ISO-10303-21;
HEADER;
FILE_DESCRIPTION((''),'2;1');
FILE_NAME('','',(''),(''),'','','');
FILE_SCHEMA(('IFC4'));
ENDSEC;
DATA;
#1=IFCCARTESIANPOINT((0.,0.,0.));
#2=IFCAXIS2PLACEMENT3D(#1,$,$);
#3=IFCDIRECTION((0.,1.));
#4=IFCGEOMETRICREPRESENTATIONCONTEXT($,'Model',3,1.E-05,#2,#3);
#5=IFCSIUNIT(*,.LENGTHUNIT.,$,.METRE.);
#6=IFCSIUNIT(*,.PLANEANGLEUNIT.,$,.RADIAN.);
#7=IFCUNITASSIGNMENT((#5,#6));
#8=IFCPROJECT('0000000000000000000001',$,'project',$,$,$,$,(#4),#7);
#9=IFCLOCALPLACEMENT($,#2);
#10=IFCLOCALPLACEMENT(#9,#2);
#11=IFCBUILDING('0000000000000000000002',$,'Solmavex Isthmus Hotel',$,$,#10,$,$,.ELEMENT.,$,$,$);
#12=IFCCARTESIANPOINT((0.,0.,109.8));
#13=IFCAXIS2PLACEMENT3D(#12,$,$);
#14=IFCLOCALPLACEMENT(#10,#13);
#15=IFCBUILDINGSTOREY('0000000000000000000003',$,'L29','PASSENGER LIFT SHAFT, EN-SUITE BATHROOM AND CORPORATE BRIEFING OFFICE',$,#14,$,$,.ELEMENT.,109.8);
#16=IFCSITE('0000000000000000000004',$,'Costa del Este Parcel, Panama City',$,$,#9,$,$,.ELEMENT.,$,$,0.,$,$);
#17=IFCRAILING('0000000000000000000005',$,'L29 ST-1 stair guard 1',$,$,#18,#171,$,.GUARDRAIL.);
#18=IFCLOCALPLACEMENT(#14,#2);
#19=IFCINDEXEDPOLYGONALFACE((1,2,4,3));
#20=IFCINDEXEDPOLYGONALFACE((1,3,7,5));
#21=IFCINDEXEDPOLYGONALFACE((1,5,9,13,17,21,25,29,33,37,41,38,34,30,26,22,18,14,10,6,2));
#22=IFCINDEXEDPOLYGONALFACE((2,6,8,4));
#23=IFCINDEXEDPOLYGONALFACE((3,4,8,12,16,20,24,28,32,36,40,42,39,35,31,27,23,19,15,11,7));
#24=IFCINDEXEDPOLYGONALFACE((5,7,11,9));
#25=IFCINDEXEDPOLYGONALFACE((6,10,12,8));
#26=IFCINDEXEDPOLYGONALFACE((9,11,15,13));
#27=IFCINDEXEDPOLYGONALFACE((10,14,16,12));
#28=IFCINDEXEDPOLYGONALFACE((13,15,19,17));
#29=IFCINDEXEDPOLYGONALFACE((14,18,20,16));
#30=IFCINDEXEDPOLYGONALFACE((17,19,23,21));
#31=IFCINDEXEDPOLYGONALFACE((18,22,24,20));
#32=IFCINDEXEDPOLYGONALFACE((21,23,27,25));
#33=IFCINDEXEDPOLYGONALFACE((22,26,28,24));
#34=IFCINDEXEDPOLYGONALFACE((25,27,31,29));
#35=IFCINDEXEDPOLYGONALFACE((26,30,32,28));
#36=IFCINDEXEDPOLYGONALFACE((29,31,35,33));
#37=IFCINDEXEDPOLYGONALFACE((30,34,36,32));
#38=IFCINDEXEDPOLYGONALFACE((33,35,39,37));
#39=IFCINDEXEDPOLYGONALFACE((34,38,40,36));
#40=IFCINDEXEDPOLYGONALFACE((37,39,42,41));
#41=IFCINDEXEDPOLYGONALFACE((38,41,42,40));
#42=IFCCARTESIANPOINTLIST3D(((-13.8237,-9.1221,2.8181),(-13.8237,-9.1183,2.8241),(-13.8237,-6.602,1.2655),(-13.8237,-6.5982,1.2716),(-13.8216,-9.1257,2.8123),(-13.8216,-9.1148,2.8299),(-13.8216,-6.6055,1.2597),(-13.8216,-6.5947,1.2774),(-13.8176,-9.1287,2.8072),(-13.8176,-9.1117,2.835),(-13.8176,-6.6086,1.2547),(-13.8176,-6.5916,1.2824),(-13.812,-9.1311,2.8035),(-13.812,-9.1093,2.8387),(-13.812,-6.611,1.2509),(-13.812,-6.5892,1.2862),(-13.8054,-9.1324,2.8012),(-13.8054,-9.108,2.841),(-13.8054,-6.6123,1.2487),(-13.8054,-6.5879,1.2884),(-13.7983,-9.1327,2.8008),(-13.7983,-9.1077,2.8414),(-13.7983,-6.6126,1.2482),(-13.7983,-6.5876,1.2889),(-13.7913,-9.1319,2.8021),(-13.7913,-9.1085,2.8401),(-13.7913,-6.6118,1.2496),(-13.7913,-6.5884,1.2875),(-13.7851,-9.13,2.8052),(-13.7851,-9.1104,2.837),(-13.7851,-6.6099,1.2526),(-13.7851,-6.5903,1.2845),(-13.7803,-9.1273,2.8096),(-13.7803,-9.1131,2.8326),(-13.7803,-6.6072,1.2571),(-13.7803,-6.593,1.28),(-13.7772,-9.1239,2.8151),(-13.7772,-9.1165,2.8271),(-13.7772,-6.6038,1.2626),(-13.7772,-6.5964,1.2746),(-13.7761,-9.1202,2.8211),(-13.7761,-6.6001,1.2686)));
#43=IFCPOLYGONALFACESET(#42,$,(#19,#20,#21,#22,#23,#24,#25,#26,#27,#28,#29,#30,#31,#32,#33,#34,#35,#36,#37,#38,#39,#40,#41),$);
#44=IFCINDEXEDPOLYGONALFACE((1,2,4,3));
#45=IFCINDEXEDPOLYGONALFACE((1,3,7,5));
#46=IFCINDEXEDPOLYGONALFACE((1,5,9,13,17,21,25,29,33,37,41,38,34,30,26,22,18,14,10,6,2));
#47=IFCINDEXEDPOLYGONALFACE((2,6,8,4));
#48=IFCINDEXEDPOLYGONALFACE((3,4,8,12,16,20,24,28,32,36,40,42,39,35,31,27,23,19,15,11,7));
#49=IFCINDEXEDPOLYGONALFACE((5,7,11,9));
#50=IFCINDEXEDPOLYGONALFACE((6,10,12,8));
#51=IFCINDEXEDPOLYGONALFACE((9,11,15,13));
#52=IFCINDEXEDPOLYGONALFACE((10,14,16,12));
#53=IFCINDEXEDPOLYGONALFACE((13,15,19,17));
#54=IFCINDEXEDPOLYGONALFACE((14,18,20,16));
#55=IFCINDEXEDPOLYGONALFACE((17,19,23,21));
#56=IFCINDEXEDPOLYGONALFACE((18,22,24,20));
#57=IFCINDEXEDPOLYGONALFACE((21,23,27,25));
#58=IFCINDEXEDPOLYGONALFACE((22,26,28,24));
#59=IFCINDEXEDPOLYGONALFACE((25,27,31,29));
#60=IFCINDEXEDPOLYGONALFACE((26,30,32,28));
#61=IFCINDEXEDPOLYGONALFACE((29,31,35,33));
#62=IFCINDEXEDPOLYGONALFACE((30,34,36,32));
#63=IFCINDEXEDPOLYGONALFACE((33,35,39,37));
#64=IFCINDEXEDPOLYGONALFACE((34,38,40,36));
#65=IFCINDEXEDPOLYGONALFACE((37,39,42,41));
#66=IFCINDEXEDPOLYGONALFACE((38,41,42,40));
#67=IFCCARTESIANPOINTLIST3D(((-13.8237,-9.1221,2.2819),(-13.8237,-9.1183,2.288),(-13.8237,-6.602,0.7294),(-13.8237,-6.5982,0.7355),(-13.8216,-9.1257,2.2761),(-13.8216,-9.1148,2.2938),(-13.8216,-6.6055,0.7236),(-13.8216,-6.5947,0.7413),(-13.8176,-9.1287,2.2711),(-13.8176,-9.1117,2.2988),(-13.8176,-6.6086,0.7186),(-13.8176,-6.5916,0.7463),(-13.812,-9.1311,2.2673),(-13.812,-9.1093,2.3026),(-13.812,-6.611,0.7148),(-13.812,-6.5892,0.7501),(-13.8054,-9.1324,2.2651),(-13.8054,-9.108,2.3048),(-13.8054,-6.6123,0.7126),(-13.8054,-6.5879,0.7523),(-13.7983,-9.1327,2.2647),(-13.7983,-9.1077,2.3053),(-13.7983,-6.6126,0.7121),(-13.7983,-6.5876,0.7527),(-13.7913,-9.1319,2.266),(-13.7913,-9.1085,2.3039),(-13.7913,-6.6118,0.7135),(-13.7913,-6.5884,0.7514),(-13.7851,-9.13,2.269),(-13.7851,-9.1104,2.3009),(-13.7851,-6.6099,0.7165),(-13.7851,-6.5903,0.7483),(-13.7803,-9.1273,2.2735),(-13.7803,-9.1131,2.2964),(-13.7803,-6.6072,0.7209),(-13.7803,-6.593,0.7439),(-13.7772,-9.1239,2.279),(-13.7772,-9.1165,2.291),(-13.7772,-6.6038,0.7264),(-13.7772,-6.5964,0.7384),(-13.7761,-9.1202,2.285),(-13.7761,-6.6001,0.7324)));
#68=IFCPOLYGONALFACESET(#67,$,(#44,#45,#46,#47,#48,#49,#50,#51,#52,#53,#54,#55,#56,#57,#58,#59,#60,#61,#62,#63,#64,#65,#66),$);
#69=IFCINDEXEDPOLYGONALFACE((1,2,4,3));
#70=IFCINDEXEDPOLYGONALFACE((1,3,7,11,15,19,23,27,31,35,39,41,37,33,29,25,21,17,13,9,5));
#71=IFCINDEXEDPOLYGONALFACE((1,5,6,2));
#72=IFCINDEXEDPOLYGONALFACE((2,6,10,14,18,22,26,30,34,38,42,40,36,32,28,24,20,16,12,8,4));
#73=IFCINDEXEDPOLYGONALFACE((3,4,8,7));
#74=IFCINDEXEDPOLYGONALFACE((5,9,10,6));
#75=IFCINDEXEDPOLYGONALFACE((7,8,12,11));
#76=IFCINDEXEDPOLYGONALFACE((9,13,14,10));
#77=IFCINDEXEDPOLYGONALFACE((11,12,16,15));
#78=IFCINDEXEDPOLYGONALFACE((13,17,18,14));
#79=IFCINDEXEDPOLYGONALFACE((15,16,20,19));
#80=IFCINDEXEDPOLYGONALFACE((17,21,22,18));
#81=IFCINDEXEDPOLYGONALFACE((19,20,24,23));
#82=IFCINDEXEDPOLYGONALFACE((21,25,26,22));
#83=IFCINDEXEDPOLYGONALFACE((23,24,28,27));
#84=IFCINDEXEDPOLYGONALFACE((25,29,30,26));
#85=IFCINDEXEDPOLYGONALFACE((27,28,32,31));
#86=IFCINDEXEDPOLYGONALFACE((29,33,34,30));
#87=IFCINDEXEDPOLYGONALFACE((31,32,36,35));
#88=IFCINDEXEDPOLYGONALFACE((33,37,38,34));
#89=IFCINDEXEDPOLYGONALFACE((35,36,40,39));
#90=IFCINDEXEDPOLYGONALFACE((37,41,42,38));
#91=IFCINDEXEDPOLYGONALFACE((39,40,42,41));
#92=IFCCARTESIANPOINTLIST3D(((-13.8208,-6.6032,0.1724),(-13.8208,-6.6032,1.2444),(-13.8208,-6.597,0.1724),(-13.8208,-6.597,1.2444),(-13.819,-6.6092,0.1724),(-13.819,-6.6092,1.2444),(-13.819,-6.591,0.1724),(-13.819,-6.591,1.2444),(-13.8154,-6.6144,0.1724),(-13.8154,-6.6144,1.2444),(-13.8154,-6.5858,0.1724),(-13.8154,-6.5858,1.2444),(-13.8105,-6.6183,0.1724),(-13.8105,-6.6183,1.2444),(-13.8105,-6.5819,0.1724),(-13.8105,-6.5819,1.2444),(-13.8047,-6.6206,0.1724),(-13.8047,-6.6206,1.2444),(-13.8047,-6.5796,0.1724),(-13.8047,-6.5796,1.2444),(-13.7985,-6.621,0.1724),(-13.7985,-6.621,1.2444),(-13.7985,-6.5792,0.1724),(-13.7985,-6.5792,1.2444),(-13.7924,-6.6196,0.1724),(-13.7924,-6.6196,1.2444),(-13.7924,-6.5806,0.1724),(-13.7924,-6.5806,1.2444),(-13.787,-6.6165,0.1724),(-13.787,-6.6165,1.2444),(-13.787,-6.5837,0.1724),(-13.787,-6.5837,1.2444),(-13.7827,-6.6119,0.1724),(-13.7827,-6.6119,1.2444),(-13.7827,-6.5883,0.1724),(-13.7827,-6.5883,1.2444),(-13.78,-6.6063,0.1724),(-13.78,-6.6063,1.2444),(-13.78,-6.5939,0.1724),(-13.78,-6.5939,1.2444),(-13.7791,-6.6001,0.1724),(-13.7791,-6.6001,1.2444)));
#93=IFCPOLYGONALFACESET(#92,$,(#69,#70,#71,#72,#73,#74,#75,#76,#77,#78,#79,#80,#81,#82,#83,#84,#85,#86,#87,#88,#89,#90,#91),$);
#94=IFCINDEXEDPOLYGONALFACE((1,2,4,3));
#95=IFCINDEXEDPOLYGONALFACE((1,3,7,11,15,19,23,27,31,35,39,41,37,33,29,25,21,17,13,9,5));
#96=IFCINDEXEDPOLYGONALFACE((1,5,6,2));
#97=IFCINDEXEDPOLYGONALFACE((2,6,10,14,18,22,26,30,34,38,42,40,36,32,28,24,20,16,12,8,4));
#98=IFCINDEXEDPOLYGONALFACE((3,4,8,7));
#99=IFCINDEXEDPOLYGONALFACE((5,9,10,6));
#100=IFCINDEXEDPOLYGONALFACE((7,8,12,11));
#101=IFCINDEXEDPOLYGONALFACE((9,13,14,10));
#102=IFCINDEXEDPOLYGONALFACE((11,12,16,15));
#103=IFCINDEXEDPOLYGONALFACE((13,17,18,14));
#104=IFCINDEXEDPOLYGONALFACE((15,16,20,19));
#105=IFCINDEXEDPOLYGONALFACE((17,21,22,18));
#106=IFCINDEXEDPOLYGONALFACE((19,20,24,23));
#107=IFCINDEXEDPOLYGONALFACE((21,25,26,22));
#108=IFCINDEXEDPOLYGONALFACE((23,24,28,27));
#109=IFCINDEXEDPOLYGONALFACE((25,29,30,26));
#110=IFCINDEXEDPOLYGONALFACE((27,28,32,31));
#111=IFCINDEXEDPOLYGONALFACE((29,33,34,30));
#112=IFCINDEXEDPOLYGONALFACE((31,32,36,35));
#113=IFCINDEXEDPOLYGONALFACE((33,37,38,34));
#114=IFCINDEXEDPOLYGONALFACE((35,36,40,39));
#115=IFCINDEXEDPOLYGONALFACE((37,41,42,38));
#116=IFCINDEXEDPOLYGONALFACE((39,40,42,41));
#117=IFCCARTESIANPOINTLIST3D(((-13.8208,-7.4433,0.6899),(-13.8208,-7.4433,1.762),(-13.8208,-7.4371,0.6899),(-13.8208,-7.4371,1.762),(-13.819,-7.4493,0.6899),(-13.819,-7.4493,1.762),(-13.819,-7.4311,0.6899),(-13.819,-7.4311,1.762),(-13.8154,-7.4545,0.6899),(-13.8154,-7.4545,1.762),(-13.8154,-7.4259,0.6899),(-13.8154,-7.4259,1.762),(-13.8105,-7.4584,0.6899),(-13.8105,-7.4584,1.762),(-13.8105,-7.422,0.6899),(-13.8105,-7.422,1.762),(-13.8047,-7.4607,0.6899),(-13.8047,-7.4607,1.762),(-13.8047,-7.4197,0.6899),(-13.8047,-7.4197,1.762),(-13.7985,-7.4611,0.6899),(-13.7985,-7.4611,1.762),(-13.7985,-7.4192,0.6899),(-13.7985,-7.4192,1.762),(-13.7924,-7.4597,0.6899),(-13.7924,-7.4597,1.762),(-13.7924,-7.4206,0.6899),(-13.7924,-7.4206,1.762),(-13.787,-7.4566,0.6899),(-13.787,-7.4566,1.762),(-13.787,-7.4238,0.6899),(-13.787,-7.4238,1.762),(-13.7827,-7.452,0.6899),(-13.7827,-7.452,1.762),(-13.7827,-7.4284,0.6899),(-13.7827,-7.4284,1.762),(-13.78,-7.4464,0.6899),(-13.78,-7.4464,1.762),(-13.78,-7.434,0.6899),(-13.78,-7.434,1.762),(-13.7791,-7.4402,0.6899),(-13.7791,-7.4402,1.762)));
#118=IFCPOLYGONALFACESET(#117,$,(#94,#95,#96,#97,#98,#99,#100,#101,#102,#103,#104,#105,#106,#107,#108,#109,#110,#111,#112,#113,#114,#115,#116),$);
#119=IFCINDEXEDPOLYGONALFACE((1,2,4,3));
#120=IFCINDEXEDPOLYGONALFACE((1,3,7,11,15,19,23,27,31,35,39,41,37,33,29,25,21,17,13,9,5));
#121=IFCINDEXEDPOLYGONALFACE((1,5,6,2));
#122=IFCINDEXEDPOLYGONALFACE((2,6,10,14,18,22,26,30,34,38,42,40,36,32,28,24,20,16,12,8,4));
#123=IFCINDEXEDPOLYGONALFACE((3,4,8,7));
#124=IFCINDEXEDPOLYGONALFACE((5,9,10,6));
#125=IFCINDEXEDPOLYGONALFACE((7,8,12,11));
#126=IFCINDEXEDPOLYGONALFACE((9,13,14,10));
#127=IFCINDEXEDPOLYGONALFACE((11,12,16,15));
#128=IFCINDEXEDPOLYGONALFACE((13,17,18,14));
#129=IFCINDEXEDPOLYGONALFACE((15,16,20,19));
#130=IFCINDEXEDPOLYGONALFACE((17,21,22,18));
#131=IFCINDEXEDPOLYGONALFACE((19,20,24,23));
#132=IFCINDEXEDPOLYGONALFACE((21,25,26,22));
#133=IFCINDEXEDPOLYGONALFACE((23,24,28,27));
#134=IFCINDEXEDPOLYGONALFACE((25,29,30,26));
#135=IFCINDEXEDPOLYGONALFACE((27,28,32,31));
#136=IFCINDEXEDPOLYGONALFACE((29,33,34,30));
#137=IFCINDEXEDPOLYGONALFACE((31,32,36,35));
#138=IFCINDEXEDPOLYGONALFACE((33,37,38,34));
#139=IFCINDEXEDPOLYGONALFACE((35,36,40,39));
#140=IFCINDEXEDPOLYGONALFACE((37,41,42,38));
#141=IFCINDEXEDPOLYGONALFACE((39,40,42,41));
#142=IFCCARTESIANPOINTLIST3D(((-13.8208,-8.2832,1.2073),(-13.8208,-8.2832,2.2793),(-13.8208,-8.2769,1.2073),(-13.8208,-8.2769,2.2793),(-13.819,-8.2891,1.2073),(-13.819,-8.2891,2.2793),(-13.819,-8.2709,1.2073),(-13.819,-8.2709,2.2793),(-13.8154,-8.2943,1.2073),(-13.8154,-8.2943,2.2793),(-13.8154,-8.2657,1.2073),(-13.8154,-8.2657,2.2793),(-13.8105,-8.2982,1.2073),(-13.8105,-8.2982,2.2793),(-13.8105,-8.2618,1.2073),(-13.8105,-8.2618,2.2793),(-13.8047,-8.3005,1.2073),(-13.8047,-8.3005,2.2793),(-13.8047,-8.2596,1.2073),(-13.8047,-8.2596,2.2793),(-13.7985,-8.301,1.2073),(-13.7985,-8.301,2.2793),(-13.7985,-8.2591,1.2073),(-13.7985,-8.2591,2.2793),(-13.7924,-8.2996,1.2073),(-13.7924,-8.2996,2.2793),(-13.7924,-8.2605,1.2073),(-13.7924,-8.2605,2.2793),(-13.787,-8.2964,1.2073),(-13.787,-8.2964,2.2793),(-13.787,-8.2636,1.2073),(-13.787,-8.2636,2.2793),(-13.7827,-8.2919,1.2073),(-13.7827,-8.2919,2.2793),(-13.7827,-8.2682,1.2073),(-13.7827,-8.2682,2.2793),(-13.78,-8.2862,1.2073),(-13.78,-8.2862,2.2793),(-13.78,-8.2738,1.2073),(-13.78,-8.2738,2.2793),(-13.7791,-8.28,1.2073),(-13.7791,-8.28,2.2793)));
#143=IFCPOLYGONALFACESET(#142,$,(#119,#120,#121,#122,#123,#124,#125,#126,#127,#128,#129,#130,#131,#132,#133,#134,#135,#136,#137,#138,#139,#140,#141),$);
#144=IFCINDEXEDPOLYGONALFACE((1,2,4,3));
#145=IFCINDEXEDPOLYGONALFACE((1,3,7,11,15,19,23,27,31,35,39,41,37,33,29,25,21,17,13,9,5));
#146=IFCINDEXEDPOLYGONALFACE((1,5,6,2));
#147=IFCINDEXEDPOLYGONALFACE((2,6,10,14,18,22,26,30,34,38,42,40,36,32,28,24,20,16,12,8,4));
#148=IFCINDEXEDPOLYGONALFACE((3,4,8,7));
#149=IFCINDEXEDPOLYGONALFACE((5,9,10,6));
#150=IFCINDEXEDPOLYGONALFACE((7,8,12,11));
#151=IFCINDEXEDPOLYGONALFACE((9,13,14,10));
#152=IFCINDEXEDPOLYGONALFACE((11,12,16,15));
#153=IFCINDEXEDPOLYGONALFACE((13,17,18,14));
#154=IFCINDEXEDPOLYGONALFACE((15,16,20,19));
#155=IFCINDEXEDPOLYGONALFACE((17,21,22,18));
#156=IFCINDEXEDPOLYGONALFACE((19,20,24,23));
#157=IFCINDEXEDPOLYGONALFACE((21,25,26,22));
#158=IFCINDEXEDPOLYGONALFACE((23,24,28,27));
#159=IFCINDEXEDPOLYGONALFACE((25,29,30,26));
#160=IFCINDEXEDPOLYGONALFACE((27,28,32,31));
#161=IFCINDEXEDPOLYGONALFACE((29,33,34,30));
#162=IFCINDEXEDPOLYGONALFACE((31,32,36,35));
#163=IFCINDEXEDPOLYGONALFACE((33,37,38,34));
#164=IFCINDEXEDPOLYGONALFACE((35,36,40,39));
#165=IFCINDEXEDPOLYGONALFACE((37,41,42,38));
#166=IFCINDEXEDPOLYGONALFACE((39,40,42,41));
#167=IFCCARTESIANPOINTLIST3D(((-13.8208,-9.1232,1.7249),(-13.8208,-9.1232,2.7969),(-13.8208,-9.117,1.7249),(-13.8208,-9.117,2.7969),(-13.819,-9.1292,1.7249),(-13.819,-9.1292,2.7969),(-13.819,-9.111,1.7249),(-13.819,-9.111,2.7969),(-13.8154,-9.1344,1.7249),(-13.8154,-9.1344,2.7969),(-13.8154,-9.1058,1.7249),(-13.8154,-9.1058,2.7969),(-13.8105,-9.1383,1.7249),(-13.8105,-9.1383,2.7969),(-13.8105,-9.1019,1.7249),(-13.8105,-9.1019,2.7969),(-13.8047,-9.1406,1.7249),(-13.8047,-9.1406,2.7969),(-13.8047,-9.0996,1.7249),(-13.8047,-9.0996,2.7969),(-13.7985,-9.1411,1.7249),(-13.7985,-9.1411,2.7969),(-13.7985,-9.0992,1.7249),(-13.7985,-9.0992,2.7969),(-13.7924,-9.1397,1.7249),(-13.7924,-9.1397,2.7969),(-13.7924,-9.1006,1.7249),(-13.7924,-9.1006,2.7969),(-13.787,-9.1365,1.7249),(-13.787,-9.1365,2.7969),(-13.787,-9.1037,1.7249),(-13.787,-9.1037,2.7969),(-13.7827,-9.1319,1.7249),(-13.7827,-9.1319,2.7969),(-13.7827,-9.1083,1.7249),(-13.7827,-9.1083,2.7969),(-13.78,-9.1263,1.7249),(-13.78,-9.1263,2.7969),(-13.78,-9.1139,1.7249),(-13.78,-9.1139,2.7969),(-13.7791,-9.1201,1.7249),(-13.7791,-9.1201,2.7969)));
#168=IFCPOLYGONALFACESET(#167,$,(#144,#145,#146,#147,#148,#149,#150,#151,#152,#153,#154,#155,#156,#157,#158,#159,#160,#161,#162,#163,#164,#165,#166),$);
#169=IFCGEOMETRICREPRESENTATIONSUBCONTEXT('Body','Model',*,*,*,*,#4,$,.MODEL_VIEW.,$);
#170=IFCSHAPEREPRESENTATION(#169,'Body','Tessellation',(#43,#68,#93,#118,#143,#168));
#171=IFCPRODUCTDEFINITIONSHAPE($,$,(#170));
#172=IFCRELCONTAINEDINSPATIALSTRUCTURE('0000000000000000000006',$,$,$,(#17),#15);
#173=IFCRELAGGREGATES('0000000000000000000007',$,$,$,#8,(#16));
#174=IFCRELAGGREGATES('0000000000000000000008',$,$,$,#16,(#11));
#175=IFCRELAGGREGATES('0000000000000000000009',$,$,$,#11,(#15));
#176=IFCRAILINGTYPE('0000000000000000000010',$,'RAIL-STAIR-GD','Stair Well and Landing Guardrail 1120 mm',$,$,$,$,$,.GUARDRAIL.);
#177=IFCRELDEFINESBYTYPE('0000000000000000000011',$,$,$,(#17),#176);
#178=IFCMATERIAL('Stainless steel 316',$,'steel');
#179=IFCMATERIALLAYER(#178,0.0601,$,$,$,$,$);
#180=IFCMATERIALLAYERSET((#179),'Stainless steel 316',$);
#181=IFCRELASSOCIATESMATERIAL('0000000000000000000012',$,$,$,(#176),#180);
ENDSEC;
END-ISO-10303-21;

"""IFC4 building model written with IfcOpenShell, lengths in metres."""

from ifc_helpers import new_model, si_unit, direction, frame, origin, origin_2d, place, context, subcontext, project, spatial, circle, extrude, material, layer, layer_set, type_object, element, save


model = new_model("IFC4")

# Units and contexts
model_context = context("Model", 3, precision=1e-05, world=origin(), true_north=direction((0.0, 1.0)))
body_context = subcontext(model_context, "Body", "Model", "MODEL_VIEW")
ifc_project = project(units=[si_unit("LENGTHUNIT", "METRE"), si_unit("PLANEANGLEUNIT", "RADIAN")], contexts=[model_context])

# Site, building, storey
site_placement = place(None, origin())
site = spatial("IfcSite", under=ifc_project, at=site_placement, Name="Costa del Este Parcel, Panama City", CompositionType="ELEMENT", RefElevation=0.0)
building_placement = place(site_placement, origin())
building = spatial("IfcBuilding", under=site, at=building_placement, Name="Solmavex Isthmus Hotel", CompositionType="ELEMENT")
storey_placement = place(building_placement, frame((0.0, 0.0, 109.8)))
storey = spatial("IfcBuildingStorey", under=building, at=storey_placement, Name="L29", Description="PASSENGER LIFT SHAFT, EN-SUITE BATHROOM AND CORPORATE BRIEFING OFFICE", CompositionType="ELEMENT", Elevation=109.8)

# Shared definitions
ifc_material_1 = material(Name="Stainless steel 316", Category="steel")

# Railing
ifc_layer_1 = layer(ifc_material_1, 0.0601)
ifc_layer_set_1 = layer_set([ifc_layer_1], Name="Stainless steel 316")
railing_type_1 = type_object("IfcRailingType", Name="RAIL-STAIR-GD", Description="Stair Well and Landing Guardrail 1120 mm", PredefinedType="GUARDRAIL", material=ifc_layer_set_1)
railing_1_placement = place(storey_placement, frame((-13.8, -6.6001, 0.1724)))
element("IfcRailing", 1, at=railing_1_placement, inside=storey, type_object=railing_type_1, Name="L29 ST-1 stair guard 1", PredefinedType="GUARDRAIL", context=body_context, shape_type="SweptSolid", body=[
    extrude(circle(Radius=0.0239, at=origin_2d()), frame((0.0, 0.0, 1.0962), z_axis=(0.0, -0.8514, 0.524516), x_axis=(1.0, 0.0, 0.0)), (0.0, 0.0, 1.0), 2.96),
    extrude(circle(Radius=0.0239, at=origin_2d()), frame((0.0, 0.0, 0.5601), z_axis=(0.0, -0.8514, 0.524516), x_axis=(1.0, 0.0, 0.0)), (0.0, 0.0, 1.0), 2.96),
    extrude(circle(Radius=0.021, at=origin_2d()), origin(), (0.0, 0.0, 1.0), 1.072),
    extrude(circle(Radius=0.021, at=origin_2d()), frame((0.0, -0.8401, 0.5176)), (0.0, 0.0, 1.0), 1.072),
    extrude(circle(Radius=0.021, at=origin_2d()), frame((0.0, -1.6799, 1.0349)), (0.0, 0.0, 1.0), 1.072),
    extrude(circle(Radius=0.021, at=origin_2d()), frame((0.0, -2.52, 1.5525)), (0.0, 0.0, 1.0), 1.072),
])

save(model, "model.ifc")
